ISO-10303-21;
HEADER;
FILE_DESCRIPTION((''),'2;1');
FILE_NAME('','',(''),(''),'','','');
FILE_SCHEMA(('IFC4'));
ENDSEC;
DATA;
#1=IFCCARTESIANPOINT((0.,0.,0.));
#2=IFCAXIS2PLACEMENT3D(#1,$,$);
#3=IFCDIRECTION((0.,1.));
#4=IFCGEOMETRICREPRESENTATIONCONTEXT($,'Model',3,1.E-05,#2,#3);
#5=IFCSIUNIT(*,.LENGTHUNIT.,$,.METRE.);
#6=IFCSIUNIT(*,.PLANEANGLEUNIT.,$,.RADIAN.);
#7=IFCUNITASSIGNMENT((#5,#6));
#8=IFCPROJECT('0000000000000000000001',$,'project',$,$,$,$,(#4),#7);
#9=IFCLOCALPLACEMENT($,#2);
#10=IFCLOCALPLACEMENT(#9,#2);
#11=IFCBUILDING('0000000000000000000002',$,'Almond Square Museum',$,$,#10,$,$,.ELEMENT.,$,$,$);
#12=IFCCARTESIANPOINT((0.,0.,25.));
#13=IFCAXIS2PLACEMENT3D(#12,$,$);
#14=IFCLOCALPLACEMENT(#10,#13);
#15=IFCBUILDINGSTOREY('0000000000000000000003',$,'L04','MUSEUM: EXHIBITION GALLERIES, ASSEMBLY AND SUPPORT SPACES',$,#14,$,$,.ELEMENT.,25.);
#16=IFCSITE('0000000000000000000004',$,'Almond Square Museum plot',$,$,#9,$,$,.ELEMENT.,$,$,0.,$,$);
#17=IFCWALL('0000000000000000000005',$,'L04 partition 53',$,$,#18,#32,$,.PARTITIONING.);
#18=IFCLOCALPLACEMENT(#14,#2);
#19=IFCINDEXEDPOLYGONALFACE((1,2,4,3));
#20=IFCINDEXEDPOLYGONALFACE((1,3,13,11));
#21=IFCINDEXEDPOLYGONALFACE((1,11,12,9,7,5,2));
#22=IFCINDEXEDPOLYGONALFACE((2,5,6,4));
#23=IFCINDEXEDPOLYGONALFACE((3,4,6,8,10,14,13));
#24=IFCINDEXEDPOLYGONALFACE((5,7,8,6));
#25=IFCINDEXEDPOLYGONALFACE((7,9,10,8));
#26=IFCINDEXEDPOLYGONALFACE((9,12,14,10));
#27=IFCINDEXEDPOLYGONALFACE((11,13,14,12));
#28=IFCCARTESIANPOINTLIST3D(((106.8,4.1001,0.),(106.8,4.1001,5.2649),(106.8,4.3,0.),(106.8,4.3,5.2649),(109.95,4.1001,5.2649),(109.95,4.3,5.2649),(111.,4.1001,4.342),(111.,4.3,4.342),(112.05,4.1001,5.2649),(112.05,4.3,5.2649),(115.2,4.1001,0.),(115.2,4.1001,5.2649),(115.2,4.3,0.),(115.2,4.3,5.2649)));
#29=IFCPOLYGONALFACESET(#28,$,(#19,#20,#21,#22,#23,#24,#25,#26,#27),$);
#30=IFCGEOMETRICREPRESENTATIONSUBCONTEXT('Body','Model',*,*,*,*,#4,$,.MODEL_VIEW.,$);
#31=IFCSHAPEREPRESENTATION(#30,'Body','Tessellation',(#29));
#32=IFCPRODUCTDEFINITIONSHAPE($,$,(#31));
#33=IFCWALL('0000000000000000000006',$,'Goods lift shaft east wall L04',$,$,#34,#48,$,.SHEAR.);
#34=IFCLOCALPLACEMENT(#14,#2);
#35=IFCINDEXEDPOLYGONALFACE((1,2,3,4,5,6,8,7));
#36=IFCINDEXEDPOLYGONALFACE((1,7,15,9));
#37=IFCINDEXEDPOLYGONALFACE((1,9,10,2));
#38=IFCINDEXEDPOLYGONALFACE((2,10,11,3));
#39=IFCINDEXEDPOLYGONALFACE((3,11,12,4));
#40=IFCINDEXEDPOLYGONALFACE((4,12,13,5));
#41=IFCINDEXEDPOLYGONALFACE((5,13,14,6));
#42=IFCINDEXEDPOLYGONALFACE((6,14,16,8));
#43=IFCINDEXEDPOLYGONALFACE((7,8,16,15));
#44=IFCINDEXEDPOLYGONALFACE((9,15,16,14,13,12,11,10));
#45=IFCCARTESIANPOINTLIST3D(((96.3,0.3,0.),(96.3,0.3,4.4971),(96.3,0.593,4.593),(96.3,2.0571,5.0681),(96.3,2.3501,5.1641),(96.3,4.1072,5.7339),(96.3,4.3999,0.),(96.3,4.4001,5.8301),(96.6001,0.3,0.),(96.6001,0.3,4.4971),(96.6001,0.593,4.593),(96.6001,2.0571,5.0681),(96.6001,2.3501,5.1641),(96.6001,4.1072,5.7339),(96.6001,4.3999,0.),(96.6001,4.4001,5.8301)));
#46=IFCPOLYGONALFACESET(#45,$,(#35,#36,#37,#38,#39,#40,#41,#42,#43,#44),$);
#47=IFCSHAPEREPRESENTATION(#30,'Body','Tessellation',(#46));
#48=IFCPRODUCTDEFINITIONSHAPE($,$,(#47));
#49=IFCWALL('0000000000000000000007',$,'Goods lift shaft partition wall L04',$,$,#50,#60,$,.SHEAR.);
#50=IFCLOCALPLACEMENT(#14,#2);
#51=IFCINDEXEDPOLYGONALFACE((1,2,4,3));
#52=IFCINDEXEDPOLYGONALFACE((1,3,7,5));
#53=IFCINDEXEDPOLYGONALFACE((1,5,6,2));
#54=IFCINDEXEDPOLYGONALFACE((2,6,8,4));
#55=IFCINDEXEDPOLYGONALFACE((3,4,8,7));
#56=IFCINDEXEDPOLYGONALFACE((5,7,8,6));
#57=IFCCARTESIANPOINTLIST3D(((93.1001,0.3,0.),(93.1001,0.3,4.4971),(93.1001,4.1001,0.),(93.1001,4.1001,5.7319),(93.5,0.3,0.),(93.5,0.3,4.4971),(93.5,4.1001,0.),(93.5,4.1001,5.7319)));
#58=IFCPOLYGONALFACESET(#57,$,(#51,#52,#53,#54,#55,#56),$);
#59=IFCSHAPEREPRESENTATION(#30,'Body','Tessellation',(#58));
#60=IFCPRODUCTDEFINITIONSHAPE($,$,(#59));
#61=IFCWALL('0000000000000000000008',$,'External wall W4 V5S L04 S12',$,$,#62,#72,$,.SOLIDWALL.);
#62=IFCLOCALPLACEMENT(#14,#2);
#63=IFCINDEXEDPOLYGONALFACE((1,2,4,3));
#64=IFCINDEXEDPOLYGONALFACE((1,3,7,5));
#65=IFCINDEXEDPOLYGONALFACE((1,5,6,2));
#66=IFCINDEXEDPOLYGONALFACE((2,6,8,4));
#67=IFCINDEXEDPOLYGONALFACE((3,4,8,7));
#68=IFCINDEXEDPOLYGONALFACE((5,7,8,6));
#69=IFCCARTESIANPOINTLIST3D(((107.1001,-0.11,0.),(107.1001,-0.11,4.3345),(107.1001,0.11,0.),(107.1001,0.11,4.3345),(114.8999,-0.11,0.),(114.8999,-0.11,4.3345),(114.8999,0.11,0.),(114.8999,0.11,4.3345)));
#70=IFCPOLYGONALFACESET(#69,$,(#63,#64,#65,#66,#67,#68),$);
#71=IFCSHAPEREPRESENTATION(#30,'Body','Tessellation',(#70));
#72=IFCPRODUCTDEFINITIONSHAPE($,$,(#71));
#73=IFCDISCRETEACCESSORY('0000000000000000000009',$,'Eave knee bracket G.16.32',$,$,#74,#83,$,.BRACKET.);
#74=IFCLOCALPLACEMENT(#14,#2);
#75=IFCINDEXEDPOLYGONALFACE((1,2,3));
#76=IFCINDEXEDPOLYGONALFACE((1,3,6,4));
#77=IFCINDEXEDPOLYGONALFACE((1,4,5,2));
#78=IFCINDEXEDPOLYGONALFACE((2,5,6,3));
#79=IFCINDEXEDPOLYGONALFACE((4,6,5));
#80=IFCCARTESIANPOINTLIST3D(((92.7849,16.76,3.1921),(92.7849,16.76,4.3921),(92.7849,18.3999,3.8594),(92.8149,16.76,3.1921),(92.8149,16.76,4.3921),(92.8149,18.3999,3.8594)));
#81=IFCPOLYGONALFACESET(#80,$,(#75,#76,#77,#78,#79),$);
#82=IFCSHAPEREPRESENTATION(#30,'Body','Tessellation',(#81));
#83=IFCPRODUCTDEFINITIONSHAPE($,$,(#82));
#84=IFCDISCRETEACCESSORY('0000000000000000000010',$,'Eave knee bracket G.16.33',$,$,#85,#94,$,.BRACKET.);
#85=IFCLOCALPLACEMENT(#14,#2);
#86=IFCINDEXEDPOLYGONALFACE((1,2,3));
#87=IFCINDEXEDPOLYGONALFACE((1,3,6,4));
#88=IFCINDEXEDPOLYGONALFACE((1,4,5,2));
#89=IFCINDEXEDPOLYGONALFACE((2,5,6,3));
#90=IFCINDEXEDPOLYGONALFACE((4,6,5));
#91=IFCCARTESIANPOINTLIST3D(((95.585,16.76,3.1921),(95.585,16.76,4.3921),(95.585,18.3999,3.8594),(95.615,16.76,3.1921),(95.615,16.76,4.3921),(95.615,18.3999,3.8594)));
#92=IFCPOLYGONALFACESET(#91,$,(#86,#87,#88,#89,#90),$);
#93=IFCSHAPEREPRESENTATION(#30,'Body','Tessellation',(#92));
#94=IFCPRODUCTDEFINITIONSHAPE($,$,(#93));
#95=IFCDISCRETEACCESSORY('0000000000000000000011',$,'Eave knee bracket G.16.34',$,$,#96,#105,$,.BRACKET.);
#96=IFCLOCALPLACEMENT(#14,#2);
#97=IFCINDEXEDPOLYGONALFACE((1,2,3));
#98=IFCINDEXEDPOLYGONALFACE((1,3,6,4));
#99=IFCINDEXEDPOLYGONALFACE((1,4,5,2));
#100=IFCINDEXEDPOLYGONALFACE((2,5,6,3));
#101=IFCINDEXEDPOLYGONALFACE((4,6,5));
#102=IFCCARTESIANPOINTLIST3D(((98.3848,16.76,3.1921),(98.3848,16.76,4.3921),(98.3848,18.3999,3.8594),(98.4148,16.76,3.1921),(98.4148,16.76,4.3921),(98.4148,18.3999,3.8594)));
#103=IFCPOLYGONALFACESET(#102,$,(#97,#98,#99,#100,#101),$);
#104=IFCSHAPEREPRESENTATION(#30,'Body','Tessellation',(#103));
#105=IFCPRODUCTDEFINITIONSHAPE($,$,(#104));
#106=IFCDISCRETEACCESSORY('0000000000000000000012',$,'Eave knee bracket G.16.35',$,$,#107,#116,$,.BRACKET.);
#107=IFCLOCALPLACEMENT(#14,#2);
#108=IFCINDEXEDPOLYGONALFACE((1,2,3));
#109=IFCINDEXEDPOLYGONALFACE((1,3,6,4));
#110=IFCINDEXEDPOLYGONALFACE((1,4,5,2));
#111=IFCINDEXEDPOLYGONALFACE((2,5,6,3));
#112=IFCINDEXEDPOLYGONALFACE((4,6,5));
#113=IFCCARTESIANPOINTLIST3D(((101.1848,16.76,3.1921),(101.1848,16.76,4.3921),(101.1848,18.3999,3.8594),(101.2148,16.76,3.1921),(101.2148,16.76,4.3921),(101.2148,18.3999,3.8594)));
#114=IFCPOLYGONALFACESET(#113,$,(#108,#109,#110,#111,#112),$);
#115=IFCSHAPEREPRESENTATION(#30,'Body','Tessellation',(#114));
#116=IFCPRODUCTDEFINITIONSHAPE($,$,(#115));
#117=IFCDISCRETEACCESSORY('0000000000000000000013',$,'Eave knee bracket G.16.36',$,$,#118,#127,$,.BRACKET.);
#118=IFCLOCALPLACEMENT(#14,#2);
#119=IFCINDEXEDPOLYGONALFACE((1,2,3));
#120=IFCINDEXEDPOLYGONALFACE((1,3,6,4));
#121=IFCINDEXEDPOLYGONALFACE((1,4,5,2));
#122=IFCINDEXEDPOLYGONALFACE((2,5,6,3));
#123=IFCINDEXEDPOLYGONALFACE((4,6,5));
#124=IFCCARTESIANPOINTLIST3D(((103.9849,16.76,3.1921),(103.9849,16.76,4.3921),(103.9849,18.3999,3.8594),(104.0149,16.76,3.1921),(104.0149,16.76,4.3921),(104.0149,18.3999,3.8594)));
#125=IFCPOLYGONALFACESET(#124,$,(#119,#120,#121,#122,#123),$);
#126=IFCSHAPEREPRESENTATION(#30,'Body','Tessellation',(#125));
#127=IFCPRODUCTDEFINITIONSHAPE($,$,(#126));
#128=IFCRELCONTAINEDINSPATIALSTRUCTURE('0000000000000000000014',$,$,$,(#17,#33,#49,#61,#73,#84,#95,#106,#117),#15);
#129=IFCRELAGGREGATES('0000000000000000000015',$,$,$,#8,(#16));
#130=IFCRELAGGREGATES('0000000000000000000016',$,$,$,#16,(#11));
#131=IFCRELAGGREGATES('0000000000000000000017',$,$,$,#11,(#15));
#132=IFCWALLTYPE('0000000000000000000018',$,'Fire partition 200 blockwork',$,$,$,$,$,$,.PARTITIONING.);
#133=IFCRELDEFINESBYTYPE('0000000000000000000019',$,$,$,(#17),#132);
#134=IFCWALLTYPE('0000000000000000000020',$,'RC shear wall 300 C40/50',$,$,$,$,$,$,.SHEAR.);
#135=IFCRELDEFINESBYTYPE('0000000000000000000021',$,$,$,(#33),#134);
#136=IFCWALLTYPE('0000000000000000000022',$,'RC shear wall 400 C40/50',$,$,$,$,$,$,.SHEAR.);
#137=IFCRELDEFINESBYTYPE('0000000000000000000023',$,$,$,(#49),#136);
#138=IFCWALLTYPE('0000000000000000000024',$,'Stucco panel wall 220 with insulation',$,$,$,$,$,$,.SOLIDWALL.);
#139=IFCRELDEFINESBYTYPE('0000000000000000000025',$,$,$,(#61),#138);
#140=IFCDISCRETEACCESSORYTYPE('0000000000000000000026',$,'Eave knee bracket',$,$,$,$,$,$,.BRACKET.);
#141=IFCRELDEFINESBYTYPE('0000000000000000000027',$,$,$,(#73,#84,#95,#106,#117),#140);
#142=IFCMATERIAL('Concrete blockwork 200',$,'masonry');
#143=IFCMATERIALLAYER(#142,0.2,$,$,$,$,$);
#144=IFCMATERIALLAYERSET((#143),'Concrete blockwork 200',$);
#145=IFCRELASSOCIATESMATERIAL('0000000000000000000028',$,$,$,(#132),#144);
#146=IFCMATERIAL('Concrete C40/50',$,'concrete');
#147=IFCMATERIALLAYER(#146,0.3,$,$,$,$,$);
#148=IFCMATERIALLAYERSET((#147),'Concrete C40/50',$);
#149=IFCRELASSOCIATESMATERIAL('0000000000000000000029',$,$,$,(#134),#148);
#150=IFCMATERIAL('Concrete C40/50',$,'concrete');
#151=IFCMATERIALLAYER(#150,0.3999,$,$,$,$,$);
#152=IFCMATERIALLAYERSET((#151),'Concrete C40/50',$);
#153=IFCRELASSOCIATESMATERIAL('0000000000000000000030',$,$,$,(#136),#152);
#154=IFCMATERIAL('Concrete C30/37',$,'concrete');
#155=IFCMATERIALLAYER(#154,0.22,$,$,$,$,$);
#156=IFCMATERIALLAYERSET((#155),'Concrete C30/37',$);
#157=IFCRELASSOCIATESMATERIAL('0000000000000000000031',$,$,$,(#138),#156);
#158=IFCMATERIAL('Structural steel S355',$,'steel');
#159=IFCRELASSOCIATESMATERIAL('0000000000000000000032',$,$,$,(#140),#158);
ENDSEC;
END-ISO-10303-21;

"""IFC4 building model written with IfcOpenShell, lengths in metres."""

from ifc_helpers import new_model, si_unit, direction, frame, frame_2d, origin, place, context, subcontext, project, spatial, polyline, rectangle, outline, extrude, material, layer, layer_set, type_object, element, save


model = new_model("IFC4")

# Units and contexts
model_context = context("Model", 3, precision=1e-05, world=origin(), true_north=direction((0.0, 1.0)))
body_context = subcontext(model_context, "Body", "Model", "MODEL_VIEW")
ifc_project = project(units=[si_unit("LENGTHUNIT", "METRE"), si_unit("PLANEANGLEUNIT", "RADIAN")], contexts=[model_context])

# Site, building, storey
site_placement = place(None, origin())
site = spatial("IfcSite", under=ifc_project, at=site_placement, Name="Almond Square Museum plot", CompositionType="ELEMENT", RefElevation=0.0)
building_placement = place(site_placement, origin())
building = spatial("IfcBuilding", under=site, at=building_placement, Name="Almond Square Museum", CompositionType="ELEMENT")
storey_placement = place(building_placement, frame((0.0, 0.0, 25.0)))
storey = spatial("IfcBuildingStorey", under=building, at=storey_placement, Name="L04", Description="MUSEUM: EXHIBITION GALLERIES, ASSEMBLY AND SUPPORT SPACES", CompositionType="ELEMENT", Elevation=25.0)

# Shared definitions
ifc_material_1 = material(Name="Concrete blockwork 200", Category="masonry")
ifc_layer_1 = layer(ifc_material_1, 0.2)
ifc_layer_set_1 = layer_set([ifc_layer_1], Name="Concrete blockwork 200")
wall_type_1 = type_object("IfcWallType", Name="Fire partition 200 blockwork", PredefinedType="PARTITIONING", material=ifc_layer_set_1)

# Walls
wall_1_placement = place(storey_placement, frame((106.8, 4.2, 0.0), z_axis=(0.0, 0.0, 1.0), x_axis=(1.0, 0.0, 0.0)))
element("IfcWall", 1, at=wall_1_placement, inside=storey, type_object=wall_type_1, Name="L04 partition 53", PredefinedType="PARTITIONING", context=body_context, shape_type="SweptSolid", body=[
    extrude(outline(polyline([(0.0, 0.0), (8.3999, 0.0), (8.3999, 5.2649), (5.25, 5.2649), (4.2, 4.342), (3.1499, 5.2649), (0.0, 5.2649), (0.0, 0.0)])), frame((0.0, 0.1001, 0.0), z_axis=(0.0, -1.0, 0.0), x_axis=(1.0, 0.0, 0.0)), (0.0, 0.0, 1.0), 0.2),
])
ifc_material_2 = material(Name="Concrete C40/50", Category="concrete")
ifc_layer_2 = layer(ifc_material_2, 0.3)
ifc_layer_set_2 = layer_set([ifc_layer_2], Name="Concrete C40/50")
wall_type_2 = type_object("IfcWallType", Name="RC shear wall 300 C40/50", PredefinedType="SHEAR", material=ifc_layer_set_2)
wall_2_placement = place(storey_placement, frame((96.45, 0.3, 0.0), z_axis=(0.0, 0.0, 1.0), x_axis=(0.0, 1.0, 0.0)))
element("IfcWall", 2, at=wall_2_placement, inside=storey, type_object=wall_type_2, Name="Goods lift shaft east wall L04", PredefinedType="SHEAR", context=body_context, shape_type="SweptSolid", body=[
    extrude(outline(polyline([(0.0, 0.0), (4.0999, 0.0), (4.1001, 5.8301), (3.8071, 5.7339), (2.05, 5.1641), (1.7571, 5.0681), (0.293, 4.593), (0.0, 4.4971), (0.0, 0.0)])), frame((0.0, 0.1499, 0.0), z_axis=(0.0, -1.0, 0.0), x_axis=(1.0, 0.0, 0.0)), (0.0, 0.0, 1.0), 0.3),
])
ifc_material_3 = material(Name="Concrete C40/50", Category="concrete")
ifc_layer_3 = layer(ifc_material_3, 0.3999)
ifc_layer_set_3 = layer_set([ifc_layer_3], Name="Concrete C40/50")
wall_type_3 = type_object("IfcWallType", Name="RC shear wall 400 C40/50", PredefinedType="SHEAR", material=ifc_layer_set_3)
wall_3_placement = place(storey_placement, frame((93.3, 0.3, 0.0), z_axis=(0.0, 0.0, 1.0), x_axis=(0.0, 1.0, 0.0)))
element("IfcWall", 3, at=wall_3_placement, inside=storey, type_object=wall_type_3, Name="Goods lift shaft partition wall L04", PredefinedType="SHEAR", context=body_context, shape_type="SweptSolid", body=[
    extrude(outline(polyline([(0.0, 0.0), (3.8, 0.0), (3.8, 5.7319), (0.0, 4.4971), (0.0, 0.0)])), frame((0.0, 0.2, 0.0), z_axis=(0.0, -1.0, 0.0), x_axis=(1.0, 0.0, 0.0)), (0.0, 0.0, 1.0), 0.3999),
])
ifc_material_4 = material(Name="Concrete C30/37", Category="concrete")
ifc_layer_4 = layer(ifc_material_4, 0.22)
ifc_layer_set_4 = layer_set([ifc_layer_4], Name="Concrete C30/37")
wall_type_4 = type_object("IfcWallType", Name="Stucco panel wall 220 with insulation", PredefinedType="SOLIDWALL", material=ifc_layer_set_4)
wall_4_placement = place(storey_placement, frame((107.1001, 0.0, 0.0), z_axis=(0.0, 0.0, 1.0), x_axis=(1.0, 0.0, 0.0)))
element("IfcWall", 4, at=wall_4_placement, inside=storey, type_object=wall_type_4, Name="External wall W4 V5S L04 S12", PredefinedType="SOLIDWALL", context=body_context, shape_type="SweptSolid", body=[
    extrude(rectangle(XDim=7.7998, YDim=0.22, at=frame_2d((3.8999, 0.0))), origin(), (0.0, 0.0, 1.0), 4.3345),
])

# Discrete accessories
ifc_material_5 = material(Name="Structural steel S355", Category="steel")
discrete_accessory_type = type_object("IfcDiscreteAccessoryType", Name="Eave knee bracket", PredefinedType="BRACKET", material=ifc_material_5)
for number, where, z_axis, x_axis, name in (
    (5, (92.8, 16.76, 4.3921), (1.0, 0.0, 0.0), (0.0, 0.0, -1.0), "Eave knee bracket G.16.32"),
    (6, (95.6001, 16.76, 4.3921), (1.0, 0.0, 0.0), (0.0, 0.0, -1.0), "Eave knee bracket G.16.33"),
    (7, (98.3999, 16.76, 4.3921), (1.0, 0.0, 0.0), (0.0, 0.0, -1.0), "Eave knee bracket G.16.34"),
    (8, (101.2, 16.76, 4.3921), (1.0, 0.0, 0.0), (0.0, 0.0, -1.0), "Eave knee bracket G.16.35"),
    (9, (104.0, 16.76, 4.3921), (1.0, 0.0, 0.0), (0.0, 0.0, -1.0), "Eave knee bracket G.16.36"),
):
    element("IfcDiscreteAccessory", number, at=place(storey_placement, frame(where, z_axis=z_axis, x_axis=x_axis)), inside=storey, type_object=discrete_accessory_type, Name=name, PredefinedType="BRACKET", context=body_context, shape_type="SweptSolid", body=[
        extrude(outline(polyline([(0.0, 0.0), (1.2, 0.0), (0.5327, 1.6399), (0.0, 0.0)])), frame((0.0, 0.0, -0.0151)), (0.0, 0.0, 1.0), 0.03),
    ])

save(model, "model.ifc")
